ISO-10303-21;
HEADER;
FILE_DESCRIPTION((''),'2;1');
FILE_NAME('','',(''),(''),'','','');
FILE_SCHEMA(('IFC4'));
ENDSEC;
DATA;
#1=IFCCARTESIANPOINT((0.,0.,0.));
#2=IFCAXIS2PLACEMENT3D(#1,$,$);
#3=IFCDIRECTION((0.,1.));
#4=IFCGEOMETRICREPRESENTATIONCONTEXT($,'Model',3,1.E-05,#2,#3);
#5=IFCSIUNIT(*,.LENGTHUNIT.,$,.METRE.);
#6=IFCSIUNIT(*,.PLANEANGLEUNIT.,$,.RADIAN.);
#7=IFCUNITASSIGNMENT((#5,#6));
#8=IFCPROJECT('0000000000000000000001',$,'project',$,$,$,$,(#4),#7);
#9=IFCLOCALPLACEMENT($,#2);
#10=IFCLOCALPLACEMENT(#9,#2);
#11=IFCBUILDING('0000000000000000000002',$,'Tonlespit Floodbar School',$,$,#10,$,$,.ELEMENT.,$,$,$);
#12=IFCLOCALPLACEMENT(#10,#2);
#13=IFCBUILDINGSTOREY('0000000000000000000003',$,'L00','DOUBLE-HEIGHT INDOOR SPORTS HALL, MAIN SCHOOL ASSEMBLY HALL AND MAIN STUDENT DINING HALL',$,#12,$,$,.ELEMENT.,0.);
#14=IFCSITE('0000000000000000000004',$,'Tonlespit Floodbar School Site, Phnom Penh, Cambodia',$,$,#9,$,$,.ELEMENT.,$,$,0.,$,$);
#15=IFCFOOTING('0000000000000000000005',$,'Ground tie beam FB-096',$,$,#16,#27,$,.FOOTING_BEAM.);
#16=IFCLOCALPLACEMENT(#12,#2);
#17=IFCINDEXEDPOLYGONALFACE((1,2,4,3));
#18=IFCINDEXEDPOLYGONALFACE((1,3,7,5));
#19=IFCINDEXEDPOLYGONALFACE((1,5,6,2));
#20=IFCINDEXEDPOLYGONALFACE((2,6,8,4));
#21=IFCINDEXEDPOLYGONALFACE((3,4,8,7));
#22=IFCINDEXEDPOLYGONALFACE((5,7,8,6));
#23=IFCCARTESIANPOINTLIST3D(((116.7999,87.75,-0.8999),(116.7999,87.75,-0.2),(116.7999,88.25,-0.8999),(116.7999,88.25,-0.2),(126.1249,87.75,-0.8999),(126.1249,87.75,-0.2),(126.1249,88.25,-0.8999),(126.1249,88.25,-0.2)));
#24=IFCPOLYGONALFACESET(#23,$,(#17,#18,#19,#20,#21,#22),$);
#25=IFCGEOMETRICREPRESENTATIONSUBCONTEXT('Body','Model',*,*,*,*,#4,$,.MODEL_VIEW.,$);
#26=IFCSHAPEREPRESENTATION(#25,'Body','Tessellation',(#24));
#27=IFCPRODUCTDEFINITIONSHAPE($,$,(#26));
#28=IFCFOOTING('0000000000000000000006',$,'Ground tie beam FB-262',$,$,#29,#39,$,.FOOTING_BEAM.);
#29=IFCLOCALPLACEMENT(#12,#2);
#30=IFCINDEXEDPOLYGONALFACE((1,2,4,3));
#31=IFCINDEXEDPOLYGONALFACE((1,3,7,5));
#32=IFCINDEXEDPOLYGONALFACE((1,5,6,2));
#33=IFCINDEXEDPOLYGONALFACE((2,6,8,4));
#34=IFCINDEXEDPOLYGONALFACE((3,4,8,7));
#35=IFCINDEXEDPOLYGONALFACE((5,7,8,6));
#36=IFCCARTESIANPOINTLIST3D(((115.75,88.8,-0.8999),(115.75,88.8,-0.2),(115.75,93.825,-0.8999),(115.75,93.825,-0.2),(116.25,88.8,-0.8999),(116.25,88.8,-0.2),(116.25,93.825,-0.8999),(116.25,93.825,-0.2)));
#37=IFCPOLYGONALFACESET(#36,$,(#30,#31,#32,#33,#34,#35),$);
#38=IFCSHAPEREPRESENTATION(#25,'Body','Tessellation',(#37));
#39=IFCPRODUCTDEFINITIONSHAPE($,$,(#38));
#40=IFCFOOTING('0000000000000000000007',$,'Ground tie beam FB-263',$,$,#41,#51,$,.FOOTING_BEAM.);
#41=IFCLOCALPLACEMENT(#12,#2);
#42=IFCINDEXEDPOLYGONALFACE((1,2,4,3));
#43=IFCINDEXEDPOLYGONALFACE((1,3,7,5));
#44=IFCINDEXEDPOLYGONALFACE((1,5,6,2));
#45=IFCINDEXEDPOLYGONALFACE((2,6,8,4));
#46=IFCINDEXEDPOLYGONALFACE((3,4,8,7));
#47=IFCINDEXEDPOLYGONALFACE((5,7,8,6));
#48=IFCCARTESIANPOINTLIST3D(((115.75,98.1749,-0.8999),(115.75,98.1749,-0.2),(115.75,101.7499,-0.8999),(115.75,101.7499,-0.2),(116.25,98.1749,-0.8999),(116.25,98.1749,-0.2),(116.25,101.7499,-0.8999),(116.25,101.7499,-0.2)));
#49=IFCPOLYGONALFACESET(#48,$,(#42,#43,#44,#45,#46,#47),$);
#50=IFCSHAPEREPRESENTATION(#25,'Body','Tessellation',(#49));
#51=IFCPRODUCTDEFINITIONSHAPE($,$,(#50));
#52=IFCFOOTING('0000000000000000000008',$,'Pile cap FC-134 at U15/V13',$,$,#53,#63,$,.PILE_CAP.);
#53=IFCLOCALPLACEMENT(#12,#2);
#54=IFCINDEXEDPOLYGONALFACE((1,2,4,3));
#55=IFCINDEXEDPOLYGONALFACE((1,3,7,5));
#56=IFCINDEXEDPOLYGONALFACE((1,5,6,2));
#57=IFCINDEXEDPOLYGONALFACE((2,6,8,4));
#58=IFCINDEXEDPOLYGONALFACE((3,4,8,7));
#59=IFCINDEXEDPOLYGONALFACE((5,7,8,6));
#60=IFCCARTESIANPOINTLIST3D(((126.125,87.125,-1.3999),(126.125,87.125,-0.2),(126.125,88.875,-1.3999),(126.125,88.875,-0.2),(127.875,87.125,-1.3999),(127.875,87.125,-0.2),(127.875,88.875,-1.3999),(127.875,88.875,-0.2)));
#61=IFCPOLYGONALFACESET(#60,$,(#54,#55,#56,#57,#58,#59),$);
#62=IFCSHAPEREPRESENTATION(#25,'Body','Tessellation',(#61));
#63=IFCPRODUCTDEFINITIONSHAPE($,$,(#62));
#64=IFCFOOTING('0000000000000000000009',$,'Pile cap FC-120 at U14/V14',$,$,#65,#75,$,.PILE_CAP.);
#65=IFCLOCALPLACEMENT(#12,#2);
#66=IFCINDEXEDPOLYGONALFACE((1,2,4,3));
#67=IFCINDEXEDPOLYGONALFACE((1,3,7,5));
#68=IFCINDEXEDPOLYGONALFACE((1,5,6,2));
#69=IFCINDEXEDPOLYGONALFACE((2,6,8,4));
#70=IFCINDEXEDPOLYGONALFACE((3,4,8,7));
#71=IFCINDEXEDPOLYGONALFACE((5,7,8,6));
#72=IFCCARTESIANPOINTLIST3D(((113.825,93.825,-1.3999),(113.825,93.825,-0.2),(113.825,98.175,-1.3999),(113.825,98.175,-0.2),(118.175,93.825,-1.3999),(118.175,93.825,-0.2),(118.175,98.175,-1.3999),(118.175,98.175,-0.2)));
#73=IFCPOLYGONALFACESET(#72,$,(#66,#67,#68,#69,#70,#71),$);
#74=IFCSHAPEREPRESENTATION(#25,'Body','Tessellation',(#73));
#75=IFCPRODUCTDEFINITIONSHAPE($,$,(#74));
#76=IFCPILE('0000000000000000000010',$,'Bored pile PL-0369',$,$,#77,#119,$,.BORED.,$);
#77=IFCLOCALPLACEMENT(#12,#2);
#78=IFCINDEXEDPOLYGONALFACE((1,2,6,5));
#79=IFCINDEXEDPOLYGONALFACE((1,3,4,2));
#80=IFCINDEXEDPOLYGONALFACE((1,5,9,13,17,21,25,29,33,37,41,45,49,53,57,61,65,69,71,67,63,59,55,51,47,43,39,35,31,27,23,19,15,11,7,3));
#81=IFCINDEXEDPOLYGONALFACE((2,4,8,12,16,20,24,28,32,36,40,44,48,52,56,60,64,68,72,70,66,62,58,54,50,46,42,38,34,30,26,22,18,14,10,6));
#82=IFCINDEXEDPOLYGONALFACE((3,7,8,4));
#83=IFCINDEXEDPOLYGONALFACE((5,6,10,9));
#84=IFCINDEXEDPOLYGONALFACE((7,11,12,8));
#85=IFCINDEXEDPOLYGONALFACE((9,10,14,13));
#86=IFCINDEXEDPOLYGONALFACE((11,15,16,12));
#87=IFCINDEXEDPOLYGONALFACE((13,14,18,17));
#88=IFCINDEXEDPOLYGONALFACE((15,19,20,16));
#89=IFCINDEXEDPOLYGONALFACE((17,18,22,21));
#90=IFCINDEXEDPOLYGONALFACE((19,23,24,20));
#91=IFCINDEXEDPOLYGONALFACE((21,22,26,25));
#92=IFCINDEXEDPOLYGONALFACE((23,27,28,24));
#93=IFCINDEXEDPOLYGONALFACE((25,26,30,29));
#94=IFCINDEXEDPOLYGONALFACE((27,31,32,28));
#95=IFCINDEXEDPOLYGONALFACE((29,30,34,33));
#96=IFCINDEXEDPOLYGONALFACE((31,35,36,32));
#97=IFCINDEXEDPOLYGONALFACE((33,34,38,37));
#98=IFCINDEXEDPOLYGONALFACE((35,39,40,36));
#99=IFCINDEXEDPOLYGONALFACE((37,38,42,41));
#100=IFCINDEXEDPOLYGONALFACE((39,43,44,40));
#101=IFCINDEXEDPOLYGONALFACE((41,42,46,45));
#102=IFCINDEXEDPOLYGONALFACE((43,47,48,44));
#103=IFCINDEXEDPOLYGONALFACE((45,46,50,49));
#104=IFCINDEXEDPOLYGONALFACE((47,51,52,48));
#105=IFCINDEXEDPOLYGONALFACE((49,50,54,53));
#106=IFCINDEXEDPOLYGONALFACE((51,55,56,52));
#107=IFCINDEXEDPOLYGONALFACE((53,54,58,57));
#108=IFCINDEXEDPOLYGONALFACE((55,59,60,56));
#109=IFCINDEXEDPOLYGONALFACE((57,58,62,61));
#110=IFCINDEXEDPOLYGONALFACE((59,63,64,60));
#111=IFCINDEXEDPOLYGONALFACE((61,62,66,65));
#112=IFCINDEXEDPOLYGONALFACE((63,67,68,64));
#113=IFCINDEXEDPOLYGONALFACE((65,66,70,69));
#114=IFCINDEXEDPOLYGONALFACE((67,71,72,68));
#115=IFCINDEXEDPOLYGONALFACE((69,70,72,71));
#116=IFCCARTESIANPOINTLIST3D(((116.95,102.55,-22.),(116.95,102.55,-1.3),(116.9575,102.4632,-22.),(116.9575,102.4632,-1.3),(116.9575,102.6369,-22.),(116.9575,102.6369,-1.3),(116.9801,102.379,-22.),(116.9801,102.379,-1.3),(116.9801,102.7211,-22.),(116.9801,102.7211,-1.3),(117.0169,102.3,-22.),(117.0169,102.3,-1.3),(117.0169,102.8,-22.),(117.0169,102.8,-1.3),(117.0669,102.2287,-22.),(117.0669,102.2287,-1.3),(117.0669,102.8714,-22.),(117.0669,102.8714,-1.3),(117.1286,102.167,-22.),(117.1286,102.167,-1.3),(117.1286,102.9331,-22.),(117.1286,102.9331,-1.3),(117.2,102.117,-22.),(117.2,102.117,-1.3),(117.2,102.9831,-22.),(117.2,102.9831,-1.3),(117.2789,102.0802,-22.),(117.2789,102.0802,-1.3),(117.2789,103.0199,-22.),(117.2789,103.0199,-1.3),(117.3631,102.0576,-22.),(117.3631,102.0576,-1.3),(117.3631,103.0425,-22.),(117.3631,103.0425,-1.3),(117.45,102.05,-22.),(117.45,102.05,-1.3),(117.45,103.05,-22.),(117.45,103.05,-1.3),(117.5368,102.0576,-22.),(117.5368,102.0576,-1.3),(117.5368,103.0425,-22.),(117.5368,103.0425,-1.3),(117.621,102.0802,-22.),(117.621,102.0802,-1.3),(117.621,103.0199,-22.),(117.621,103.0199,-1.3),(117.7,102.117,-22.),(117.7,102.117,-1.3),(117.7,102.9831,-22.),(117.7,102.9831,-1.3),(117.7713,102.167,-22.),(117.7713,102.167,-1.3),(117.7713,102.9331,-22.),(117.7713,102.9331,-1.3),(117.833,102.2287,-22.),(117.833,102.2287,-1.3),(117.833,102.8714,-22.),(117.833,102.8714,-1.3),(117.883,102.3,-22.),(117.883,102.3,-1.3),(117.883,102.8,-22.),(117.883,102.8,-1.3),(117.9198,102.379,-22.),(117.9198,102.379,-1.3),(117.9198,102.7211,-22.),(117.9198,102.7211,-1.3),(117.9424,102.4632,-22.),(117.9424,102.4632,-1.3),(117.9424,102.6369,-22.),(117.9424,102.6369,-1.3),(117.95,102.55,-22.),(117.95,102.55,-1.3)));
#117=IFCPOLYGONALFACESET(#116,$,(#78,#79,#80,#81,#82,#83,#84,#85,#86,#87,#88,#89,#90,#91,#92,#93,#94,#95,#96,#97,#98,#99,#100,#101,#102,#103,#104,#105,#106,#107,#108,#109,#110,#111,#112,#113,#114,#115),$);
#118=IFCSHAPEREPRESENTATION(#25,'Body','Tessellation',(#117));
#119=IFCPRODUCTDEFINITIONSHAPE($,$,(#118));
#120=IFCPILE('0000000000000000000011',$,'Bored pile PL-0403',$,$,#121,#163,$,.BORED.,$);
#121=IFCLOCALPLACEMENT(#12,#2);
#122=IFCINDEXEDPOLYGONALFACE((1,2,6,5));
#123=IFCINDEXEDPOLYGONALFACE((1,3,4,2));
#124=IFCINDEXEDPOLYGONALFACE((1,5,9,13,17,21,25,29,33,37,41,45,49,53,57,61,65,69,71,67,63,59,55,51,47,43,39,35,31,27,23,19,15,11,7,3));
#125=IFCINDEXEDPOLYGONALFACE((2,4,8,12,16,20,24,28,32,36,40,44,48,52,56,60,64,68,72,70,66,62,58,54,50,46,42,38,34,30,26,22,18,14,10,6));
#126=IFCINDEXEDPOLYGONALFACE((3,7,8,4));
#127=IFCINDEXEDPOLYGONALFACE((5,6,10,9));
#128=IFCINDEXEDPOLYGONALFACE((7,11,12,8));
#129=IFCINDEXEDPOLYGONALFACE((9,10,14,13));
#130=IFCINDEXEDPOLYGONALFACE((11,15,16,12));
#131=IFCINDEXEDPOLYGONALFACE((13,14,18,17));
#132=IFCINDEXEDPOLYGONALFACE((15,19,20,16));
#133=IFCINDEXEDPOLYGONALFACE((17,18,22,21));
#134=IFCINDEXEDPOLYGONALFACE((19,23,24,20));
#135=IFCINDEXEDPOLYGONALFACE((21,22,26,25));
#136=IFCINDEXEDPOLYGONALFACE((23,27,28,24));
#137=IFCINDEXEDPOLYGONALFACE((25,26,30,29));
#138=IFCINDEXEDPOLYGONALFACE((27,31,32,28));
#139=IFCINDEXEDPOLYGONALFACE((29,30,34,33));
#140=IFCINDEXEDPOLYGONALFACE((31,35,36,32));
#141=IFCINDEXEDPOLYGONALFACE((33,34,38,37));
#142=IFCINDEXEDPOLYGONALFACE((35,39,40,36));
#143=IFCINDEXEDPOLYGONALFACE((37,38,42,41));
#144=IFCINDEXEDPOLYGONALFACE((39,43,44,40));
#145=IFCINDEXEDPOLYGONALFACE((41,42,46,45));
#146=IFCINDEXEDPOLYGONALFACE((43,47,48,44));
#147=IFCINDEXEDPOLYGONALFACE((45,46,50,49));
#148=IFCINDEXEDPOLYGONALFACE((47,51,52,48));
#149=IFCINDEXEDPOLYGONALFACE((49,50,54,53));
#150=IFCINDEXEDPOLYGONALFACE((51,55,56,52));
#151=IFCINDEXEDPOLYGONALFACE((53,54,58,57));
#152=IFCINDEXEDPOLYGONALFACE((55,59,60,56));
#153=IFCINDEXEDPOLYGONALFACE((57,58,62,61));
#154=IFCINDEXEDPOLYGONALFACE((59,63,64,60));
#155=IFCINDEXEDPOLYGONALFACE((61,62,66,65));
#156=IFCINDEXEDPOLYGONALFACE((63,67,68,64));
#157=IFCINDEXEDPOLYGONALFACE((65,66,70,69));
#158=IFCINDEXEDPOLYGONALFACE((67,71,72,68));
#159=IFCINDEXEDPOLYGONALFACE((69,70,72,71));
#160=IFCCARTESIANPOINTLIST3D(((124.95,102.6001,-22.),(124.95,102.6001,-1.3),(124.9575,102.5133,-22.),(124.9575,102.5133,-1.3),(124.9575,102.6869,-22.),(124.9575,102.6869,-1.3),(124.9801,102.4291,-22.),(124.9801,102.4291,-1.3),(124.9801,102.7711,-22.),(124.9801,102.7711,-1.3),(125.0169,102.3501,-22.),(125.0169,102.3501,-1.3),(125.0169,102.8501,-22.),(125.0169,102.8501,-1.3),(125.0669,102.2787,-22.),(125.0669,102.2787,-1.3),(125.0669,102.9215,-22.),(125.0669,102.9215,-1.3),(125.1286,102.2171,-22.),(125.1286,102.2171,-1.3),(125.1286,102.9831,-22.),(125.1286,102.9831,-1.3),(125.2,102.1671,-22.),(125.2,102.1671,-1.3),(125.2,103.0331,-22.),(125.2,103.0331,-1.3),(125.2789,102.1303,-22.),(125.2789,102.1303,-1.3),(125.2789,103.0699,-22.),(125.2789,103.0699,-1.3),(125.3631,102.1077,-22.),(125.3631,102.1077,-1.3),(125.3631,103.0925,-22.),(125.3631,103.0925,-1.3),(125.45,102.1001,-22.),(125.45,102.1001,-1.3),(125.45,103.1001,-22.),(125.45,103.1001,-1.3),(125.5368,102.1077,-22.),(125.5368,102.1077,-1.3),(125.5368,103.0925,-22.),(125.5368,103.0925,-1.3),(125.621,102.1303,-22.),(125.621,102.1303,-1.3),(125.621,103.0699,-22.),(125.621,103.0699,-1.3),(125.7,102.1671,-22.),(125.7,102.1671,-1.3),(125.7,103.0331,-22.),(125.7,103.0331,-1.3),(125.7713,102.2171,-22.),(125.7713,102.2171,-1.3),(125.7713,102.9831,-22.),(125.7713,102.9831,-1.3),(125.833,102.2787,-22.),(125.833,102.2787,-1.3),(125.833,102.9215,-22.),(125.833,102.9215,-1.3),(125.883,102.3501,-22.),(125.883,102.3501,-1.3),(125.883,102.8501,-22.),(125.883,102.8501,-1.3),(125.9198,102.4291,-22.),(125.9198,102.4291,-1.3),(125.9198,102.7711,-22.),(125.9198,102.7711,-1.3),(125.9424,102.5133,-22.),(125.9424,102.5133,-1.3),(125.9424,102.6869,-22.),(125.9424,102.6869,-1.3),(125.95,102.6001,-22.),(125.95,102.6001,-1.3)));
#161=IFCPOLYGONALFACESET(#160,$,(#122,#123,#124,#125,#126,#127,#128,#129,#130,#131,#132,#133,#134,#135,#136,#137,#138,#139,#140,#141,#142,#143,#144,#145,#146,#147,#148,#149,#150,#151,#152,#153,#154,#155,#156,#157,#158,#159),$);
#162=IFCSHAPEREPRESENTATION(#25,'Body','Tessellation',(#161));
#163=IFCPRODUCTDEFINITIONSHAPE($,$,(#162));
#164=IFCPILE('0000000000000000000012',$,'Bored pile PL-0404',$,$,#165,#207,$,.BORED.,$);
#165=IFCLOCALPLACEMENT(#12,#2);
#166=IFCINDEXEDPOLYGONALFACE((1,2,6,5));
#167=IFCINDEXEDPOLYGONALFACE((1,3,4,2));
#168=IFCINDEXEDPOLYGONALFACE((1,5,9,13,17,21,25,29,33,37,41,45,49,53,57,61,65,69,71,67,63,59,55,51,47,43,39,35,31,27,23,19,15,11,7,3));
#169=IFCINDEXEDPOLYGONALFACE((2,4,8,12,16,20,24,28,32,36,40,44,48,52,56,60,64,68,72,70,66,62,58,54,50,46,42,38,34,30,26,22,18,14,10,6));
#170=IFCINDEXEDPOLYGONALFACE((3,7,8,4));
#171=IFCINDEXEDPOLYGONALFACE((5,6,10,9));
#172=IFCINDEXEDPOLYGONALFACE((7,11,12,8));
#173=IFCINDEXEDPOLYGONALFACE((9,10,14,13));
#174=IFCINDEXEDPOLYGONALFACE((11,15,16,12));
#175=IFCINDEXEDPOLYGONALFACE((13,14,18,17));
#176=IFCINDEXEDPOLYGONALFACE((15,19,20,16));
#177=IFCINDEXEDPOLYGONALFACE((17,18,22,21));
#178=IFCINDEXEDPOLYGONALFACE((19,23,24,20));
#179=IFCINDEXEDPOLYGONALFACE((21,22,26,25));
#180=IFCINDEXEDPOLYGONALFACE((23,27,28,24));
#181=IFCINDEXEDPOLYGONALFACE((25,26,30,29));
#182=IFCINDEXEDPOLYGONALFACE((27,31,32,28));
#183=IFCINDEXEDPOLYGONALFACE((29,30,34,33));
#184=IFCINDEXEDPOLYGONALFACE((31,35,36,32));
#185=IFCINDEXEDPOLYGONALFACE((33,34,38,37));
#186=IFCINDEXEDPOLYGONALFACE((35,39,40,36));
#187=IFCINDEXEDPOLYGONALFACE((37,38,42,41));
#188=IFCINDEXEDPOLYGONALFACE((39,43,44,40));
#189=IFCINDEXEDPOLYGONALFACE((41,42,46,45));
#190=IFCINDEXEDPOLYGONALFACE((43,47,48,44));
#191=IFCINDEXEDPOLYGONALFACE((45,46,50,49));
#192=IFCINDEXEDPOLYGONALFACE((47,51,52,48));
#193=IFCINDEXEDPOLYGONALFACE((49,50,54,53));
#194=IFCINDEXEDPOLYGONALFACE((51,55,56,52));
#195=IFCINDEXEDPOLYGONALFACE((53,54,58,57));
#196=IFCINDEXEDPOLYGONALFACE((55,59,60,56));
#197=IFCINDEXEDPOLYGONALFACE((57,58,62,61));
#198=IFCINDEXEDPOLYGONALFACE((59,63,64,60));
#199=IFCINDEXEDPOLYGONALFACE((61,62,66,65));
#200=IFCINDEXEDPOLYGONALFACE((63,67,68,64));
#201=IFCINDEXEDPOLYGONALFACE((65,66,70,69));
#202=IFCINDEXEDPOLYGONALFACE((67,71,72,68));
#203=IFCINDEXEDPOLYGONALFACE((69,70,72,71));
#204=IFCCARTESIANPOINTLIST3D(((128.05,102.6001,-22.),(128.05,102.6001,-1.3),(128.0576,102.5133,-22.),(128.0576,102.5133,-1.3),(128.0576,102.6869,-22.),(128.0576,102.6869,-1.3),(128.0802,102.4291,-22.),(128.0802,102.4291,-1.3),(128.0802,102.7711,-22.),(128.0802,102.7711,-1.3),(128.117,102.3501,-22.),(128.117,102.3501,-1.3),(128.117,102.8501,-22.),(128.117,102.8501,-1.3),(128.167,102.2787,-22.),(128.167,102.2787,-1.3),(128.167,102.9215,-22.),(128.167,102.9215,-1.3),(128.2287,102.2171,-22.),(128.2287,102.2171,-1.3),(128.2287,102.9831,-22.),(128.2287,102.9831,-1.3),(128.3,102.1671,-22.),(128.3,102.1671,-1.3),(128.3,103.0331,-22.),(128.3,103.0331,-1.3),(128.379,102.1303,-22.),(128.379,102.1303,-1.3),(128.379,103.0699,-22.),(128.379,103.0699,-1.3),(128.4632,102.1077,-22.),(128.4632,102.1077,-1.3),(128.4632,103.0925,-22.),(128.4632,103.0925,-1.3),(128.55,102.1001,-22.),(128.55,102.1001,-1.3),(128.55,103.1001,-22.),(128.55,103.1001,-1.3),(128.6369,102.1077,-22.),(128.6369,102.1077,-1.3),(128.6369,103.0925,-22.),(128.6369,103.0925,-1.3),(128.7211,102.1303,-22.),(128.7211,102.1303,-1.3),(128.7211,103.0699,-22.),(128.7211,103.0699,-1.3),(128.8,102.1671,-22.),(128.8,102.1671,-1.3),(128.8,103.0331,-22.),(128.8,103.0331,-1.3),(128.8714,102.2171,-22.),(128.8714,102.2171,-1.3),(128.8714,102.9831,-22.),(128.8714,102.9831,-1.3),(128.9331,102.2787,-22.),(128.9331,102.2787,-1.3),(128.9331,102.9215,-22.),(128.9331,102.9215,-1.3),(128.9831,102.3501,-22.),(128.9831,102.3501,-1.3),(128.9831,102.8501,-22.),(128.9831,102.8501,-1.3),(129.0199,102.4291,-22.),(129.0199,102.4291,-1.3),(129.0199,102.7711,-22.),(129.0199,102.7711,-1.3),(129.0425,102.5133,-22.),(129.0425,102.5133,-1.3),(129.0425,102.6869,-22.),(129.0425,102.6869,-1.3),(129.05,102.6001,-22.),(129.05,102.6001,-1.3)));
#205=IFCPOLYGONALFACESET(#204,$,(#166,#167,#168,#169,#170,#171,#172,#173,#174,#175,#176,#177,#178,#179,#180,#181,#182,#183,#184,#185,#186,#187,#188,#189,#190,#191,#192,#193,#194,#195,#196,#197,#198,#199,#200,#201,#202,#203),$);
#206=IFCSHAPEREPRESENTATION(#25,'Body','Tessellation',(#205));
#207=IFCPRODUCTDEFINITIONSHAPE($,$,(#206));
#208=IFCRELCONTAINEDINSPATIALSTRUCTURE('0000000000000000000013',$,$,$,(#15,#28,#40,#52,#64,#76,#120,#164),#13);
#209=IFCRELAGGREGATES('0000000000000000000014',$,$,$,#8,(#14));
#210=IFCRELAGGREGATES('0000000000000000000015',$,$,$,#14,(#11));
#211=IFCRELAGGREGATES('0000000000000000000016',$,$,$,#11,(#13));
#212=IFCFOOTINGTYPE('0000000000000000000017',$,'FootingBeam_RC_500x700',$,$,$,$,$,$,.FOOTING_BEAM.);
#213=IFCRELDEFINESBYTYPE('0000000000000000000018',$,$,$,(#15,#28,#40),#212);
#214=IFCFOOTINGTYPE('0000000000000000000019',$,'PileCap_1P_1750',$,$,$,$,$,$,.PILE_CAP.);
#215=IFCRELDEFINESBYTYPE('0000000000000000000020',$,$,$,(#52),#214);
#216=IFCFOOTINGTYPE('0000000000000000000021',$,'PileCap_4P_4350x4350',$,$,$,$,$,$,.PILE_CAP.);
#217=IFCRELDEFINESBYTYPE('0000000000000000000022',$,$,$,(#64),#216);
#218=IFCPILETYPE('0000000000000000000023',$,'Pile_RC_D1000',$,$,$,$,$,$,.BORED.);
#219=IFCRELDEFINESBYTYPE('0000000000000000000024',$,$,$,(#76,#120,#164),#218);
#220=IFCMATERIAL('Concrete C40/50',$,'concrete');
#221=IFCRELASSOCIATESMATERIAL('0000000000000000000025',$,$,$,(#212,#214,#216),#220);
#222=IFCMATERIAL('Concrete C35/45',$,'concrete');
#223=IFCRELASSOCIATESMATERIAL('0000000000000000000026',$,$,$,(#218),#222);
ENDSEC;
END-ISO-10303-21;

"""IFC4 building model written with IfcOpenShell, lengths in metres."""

from ifc_helpers import new_model, si_unit, direction, frame, origin, origin_2d, place, context, subcontext, project, spatial, rectangle, circle, extrude, material, material_profile, profile_set, type_object, element, save


model = new_model("IFC4")

# Units and contexts
model_context = context("Model", 3, precision=1e-05, world=origin(), true_north=direction((0.0, 1.0)))
body_context = subcontext(model_context, "Body", "Model", "MODEL_VIEW")
ifc_project = project(units=[si_unit("LENGTHUNIT", "METRE"), si_unit("PLANEANGLEUNIT", "RADIAN")], contexts=[model_context])

# Site, building, storey
site_placement = place(None, origin())
site = spatial("IfcSite", under=ifc_project, at=site_placement, Name="Tonlespit Floodbar School Site, Phnom Penh, Cambodia", CompositionType="ELEMENT", RefElevation=0.0)
building_placement = place(site_placement, origin())
building = spatial("IfcBuilding", under=site, at=building_placement, Name="Tonlespit Floodbar School", CompositionType="ELEMENT")
storey_placement = place(building_placement, origin())
storey = spatial("IfcBuildingStorey", under=building, at=storey_placement, Name="L00", Description="DOUBLE-HEIGHT INDOOR SPORTS HALL, MAIN SCHOOL ASSEMBLY HALL AND MAIN STUDENT DINING HALL", CompositionType="ELEMENT", Elevation=0.0)

# Footings
ifc_material_1 = material(Name="Concrete C40/50", Category="concrete")
footing_type_1 = type_object("IfcFootingType", Name="FootingBeam_RC_500x700", PredefinedType="FOOTING_BEAM", material=ifc_material_1)
footing_1_placement = place(storey_placement, frame((121.4624, 88.0, -0.8999), z_axis=(0.0, 0.0, 1.0), x_axis=(1.0, 0.0, 0.0)))
element("IfcFooting", 1, at=footing_1_placement, inside=storey, type_object=footing_type_1, Name="Ground tie beam FB-096", PredefinedType="FOOTING_BEAM", context=body_context, shape_type="SweptSolid", body=[
    extrude(rectangle(XDim=9.325, YDim=0.5, at=origin_2d()), origin(), (0.0, 0.0, 1.0), 0.7),
])
footing_2_placement = place(storey_placement, frame((116.0, 91.3125, -0.8999), z_axis=(0.0, 0.0, 1.0), x_axis=(0.0, 1.0, 0.0)))
element("IfcFooting", 2, at=footing_2_placement, inside=storey, type_object=footing_type_1, Name="Ground tie beam FB-262", PredefinedType="FOOTING_BEAM", context=body_context, shape_type="SweptSolid", body=[
    extrude(rectangle(XDim=5.0249, YDim=0.5, at=origin_2d()), origin(), (0.0, 0.0, 1.0), 0.7),
])
footing_3_placement = place(storey_placement, frame((116.0, 99.9624, -0.8999), z_axis=(0.0, 0.0, 1.0), x_axis=(0.0, 1.0, 0.0)))
element("IfcFooting", 3, at=footing_3_placement, inside=storey, type_object=footing_type_1, Name="Ground tie beam FB-263", PredefinedType="FOOTING_BEAM", context=body_context, shape_type="SweptSolid", body=[
    extrude(rectangle(XDim=3.575, YDim=0.5, at=origin_2d()), origin(), (0.0, 0.0, 1.0), 0.7),
])
footing_type_2 = type_object("IfcFootingType", Name="PileCap_1P_1750", PredefinedType="PILE_CAP", material=ifc_material_1)
footing_4_placement = place(storey_placement, frame((127.0, 88.0, -1.3999), z_axis=(0.0, 0.0, 1.0), x_axis=(1.0, 0.0, 0.0)))
element("IfcFooting", 4, at=footing_4_placement, inside=storey, type_object=footing_type_2, Name="Pile cap FC-134 at U15/V13", PredefinedType="PILE_CAP", context=body_context, shape_type="SweptSolid", body=[
    extrude(rectangle(XDim=1.75, YDim=1.75, at=origin_2d()), origin(), (0.0, 0.0, 1.0), 1.2),
])
footing_type_3 = type_object("IfcFootingType", Name="PileCap_4P_4350x4350", PredefinedType="PILE_CAP", material=ifc_material_1)
footing_5_placement = place(storey_placement, frame((116.0, 96.0, -1.3999), z_axis=(0.0, 0.0, 1.0), x_axis=(1.0, 0.0, 0.0)))
element("IfcFooting", 5, at=footing_5_placement, inside=storey, type_object=footing_type_3, Name="Pile cap FC-120 at U14/V14", PredefinedType="PILE_CAP", context=body_context, shape_type="SweptSolid", body=[
    extrude(rectangle(XDim=4.3501, YDim=4.3501, at=origin_2d()), origin(), (0.0, 0.0, 1.0), 1.2),
])

# Piles
ifc_material_2 = material(Name="Concrete C35/45", Category="concrete")
ifc_material_profile_1 = material_profile(ifc_material_2, circle(Radius=0.5, at=origin_2d()), Name="BP D1000")
ifc_profile_set_1 = profile_set([ifc_material_profile_1], Name="Concrete C35/45")
pile_type_1 = type_object("IfcPileType", Name="Pile_RC_D1000", PredefinedType="BORED", material=ifc_profile_set_1)
for number, where, z_axis, x_axis, name in (
    (6, (117.45, 102.55, -1.3), (0.0, 0.0, -1.0), (1.0, 0.0, 0.0), "Bored pile PL-0369"),
    (7, (125.45, 102.6001, -1.3), (0.0, 0.0, -1.0), (1.0, 0.0, 0.0), "Bored pile PL-0403"),
    (8, (128.55, 102.6001, -1.3), (0.0, 0.0, -1.0), (1.0, 0.0, 0.0), "Bored pile PL-0404"),
):
    element("IfcPile", number, at=place(storey_placement, frame(where, z_axis=z_axis, x_axis=x_axis)), inside=storey, type_object=pile_type_1, Name=name, PredefinedType="BORED", context=body_context, shape_type="SweptSolid", body=[
        extrude(circle(Radius=0.5, at=origin_2d()), origin(), (0.0, 0.0, 1.0), 20.7),
    ])

save(model, "model.ifc")
